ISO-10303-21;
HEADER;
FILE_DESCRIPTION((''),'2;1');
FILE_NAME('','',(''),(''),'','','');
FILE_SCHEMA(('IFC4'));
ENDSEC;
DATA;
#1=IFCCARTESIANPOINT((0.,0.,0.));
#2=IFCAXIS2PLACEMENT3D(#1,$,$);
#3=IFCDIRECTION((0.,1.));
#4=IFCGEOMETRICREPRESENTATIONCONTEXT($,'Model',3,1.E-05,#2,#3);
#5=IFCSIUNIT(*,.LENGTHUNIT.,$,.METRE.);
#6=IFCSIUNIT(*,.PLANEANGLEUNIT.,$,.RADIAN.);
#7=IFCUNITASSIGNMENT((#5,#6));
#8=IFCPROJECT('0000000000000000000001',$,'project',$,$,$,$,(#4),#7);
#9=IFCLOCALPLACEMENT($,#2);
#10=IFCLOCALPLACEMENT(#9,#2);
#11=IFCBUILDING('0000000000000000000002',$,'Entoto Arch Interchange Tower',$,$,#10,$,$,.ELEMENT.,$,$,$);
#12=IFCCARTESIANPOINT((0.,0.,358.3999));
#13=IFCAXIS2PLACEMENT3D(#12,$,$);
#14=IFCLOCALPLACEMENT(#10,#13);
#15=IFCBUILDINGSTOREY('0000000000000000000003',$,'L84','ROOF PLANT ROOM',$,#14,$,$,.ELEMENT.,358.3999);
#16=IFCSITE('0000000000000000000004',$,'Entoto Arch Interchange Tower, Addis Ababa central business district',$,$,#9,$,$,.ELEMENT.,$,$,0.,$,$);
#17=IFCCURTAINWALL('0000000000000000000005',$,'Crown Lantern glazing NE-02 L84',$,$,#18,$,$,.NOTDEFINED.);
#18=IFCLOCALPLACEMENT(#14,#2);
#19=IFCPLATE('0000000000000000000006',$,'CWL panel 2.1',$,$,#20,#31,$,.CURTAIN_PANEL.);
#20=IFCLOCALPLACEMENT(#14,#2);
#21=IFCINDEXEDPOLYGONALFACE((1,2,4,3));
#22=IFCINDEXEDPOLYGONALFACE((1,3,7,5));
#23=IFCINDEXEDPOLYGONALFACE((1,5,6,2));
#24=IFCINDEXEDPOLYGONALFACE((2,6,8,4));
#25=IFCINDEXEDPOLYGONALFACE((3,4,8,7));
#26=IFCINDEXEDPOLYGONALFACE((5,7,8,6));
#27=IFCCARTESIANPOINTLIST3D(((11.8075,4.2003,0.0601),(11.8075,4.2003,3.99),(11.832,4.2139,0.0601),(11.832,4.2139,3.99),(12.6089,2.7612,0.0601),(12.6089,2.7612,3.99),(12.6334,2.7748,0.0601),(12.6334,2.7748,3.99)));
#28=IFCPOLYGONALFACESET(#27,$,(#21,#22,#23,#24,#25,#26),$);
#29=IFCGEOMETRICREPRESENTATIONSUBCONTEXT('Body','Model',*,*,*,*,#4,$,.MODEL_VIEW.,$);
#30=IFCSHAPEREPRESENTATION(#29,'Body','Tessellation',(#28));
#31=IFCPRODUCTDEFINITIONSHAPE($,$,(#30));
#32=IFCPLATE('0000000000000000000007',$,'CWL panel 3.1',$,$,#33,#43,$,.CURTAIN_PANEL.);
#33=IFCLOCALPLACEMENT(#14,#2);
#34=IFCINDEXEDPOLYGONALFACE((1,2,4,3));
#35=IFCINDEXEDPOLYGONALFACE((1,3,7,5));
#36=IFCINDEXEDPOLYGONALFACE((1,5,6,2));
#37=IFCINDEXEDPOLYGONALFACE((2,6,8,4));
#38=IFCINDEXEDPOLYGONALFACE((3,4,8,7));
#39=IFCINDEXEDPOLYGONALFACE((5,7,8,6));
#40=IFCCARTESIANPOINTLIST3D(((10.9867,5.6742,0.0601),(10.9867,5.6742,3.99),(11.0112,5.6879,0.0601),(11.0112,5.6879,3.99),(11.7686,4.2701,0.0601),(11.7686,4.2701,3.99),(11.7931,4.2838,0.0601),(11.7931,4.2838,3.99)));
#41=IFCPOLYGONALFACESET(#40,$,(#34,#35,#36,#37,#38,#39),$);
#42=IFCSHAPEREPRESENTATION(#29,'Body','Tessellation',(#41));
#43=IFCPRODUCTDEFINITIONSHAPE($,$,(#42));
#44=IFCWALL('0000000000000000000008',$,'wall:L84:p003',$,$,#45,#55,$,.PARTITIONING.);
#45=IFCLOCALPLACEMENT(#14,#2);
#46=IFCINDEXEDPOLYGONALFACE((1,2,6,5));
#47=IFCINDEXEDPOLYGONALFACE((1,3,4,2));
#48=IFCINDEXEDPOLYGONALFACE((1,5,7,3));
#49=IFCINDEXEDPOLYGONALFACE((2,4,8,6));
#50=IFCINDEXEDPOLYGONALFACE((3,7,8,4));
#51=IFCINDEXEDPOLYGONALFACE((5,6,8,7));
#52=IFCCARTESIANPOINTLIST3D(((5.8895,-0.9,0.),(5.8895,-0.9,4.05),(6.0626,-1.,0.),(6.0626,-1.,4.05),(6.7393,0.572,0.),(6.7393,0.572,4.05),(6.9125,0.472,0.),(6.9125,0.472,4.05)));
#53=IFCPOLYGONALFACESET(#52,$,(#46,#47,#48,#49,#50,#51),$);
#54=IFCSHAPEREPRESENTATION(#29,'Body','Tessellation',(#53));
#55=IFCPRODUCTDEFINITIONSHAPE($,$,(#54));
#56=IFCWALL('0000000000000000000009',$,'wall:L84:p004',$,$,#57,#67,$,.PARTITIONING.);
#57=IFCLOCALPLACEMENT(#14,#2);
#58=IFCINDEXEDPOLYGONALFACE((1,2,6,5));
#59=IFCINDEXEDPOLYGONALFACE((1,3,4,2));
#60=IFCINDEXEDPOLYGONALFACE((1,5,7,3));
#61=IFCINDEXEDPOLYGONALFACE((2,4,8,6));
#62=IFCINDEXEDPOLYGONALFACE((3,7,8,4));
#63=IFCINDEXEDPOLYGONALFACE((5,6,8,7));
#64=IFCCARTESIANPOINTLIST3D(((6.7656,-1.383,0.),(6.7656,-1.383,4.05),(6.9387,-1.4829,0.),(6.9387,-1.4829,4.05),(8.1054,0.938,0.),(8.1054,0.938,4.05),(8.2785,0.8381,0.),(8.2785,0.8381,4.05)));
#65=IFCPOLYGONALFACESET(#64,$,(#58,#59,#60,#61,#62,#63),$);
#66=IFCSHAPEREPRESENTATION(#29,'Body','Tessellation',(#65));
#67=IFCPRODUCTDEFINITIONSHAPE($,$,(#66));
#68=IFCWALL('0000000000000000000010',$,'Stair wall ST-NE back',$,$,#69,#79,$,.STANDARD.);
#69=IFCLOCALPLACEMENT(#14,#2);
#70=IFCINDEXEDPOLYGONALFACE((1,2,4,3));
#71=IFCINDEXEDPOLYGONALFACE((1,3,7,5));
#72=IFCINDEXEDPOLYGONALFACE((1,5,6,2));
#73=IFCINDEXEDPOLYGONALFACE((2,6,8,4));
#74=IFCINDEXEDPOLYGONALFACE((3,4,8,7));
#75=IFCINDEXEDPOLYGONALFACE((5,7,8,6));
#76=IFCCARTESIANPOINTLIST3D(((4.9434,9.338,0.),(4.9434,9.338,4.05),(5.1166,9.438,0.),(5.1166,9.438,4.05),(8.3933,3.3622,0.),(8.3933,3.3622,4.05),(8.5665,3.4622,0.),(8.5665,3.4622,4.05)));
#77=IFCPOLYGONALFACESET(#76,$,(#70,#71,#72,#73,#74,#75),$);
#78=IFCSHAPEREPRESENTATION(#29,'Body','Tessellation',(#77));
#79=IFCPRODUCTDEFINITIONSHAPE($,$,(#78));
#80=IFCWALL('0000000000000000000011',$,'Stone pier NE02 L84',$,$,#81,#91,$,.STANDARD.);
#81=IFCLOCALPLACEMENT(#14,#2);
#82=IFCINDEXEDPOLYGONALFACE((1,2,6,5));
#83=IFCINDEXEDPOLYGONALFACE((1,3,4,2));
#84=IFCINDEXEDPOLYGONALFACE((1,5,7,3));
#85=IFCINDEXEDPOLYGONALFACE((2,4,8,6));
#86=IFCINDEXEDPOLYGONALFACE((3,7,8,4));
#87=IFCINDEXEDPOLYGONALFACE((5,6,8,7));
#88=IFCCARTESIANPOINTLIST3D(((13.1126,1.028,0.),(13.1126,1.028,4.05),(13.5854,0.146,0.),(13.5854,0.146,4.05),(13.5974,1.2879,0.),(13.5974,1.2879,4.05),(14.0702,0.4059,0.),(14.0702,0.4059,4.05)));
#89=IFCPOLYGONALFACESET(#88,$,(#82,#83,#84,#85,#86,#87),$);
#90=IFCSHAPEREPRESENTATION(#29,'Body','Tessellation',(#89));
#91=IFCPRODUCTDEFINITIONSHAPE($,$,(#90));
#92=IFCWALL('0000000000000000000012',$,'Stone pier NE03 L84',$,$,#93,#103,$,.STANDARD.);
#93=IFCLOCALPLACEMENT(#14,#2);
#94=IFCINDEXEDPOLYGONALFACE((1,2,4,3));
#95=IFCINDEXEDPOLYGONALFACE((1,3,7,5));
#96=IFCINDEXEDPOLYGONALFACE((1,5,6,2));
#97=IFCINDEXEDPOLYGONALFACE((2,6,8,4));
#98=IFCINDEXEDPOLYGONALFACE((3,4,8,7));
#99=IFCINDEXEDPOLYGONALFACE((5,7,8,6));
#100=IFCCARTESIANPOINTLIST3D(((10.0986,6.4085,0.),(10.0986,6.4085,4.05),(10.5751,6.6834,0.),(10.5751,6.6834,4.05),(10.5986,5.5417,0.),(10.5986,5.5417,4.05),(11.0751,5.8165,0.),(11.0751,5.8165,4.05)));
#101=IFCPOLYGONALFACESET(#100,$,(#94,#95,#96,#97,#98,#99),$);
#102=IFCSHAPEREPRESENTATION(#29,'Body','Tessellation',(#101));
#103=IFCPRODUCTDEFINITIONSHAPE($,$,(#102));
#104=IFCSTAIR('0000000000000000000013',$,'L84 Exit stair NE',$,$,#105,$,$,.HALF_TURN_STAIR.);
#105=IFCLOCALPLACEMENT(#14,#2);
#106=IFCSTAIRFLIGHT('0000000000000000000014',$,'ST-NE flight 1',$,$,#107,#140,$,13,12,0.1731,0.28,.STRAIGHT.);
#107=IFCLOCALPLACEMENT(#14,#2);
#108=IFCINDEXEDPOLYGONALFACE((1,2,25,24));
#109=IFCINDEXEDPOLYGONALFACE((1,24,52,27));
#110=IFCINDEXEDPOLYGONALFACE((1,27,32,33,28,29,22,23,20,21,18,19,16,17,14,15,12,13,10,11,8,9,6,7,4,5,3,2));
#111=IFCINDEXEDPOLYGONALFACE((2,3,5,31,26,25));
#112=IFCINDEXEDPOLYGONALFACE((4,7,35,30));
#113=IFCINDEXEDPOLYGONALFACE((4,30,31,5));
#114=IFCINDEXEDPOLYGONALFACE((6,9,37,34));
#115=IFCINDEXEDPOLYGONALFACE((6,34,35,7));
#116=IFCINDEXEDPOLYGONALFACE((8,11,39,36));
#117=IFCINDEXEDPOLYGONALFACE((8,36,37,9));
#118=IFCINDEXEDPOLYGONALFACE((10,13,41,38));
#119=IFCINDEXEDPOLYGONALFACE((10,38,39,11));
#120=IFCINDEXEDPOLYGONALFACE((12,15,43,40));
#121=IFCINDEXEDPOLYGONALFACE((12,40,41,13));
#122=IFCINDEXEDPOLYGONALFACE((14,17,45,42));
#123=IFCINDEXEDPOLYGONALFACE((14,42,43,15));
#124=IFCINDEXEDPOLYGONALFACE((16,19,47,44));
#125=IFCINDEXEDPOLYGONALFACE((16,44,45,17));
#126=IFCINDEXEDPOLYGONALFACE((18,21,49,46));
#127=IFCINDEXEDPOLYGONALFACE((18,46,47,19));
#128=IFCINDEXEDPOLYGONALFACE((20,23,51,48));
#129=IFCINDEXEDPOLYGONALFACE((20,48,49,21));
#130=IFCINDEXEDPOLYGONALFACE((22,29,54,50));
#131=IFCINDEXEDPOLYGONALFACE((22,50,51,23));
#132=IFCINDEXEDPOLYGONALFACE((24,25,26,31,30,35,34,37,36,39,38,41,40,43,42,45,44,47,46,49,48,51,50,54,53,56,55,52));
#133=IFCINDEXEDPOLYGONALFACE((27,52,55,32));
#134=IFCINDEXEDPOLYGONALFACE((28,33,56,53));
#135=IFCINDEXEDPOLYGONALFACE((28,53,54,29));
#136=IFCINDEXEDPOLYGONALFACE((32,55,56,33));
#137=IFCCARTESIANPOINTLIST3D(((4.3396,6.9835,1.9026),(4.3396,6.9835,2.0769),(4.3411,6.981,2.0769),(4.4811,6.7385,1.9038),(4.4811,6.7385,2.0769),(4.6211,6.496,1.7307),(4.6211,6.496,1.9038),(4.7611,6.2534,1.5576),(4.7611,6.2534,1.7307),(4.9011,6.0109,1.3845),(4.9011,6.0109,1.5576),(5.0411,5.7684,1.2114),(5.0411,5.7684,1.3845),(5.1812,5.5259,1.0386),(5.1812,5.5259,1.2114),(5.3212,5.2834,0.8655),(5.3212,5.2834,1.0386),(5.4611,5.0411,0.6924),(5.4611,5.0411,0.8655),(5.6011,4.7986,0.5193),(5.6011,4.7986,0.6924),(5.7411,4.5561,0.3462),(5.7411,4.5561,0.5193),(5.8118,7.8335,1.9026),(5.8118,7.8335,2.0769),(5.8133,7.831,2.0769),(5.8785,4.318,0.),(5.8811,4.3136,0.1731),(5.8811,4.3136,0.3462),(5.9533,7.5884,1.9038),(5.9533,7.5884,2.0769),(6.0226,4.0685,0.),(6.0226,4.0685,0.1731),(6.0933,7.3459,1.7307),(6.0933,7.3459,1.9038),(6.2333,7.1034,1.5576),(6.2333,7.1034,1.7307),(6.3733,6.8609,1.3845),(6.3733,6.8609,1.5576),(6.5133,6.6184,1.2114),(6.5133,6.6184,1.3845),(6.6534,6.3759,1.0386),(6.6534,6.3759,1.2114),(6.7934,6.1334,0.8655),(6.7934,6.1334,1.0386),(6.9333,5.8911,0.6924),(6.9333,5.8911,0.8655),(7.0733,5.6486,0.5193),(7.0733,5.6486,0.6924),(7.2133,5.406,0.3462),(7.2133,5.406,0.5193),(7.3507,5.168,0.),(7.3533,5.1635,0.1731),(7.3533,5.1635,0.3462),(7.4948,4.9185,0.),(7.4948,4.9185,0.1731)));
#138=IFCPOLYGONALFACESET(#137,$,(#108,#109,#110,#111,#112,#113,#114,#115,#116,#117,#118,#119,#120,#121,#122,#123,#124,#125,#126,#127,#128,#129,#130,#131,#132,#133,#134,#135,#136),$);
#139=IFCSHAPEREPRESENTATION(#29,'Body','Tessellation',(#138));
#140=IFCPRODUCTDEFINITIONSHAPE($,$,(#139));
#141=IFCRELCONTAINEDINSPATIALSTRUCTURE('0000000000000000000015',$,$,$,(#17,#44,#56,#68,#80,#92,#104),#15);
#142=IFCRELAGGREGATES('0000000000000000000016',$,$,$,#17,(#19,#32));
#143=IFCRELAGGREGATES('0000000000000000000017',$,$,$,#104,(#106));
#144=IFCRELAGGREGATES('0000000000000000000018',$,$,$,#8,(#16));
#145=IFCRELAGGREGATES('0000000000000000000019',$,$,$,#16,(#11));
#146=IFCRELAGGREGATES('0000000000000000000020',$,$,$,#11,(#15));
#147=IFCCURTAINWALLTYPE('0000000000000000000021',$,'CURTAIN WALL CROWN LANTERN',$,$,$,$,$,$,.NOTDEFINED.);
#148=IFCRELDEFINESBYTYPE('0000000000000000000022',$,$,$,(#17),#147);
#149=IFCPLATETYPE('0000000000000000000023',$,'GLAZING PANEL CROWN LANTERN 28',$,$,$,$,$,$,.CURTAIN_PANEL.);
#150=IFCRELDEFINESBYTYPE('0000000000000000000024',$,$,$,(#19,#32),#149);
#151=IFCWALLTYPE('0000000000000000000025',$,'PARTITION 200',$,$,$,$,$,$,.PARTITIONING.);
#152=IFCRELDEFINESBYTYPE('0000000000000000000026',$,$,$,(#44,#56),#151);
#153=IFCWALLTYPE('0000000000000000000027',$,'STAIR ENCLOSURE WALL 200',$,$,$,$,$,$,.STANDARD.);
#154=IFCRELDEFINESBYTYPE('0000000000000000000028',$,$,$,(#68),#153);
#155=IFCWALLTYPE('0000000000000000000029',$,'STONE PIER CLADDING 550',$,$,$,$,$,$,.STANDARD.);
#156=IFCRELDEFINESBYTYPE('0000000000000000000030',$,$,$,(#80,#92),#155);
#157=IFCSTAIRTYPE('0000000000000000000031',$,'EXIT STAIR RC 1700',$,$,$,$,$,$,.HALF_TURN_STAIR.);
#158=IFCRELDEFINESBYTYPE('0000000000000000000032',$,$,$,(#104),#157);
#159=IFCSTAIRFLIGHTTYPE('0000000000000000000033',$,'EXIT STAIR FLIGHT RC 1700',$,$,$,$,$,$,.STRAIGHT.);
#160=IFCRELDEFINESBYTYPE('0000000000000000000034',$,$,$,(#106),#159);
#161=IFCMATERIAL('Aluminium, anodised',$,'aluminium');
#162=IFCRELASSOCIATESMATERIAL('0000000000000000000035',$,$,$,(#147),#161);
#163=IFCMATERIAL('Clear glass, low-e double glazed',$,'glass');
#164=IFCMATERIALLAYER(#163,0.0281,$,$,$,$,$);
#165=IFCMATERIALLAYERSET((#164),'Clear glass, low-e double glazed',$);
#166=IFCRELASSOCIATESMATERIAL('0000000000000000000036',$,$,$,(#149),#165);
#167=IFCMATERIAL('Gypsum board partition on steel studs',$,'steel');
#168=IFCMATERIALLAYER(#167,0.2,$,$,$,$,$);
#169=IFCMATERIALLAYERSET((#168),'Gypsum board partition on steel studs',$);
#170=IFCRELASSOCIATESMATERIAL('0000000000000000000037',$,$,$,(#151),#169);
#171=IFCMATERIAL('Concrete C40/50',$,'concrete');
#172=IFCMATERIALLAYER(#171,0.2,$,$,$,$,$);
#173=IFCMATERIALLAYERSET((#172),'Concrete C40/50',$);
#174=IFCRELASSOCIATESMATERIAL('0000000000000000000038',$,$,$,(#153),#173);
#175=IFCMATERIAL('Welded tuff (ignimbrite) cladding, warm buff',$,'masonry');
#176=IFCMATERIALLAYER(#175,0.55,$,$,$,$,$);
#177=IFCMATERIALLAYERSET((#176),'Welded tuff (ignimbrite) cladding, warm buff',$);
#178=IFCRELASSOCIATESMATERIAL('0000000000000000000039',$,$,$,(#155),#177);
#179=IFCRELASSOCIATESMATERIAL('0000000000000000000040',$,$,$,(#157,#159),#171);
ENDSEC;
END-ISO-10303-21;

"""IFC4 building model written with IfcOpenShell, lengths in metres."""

from ifc_helpers import new_model, si_unit, direction, frame, frame_2d, origin, origin_2d, place, context, subcontext, project, spatial, polyline, rectangle, outline, extrude, material, layer, layer_set, type_object, element, aggregate, save


model = new_model("IFC4")

# Units and contexts
model_context = context("Model", 3, precision=1e-05, world=origin(), true_north=direction((0.0, 1.0)))
body_context = subcontext(model_context, "Body", "Model", "MODEL_VIEW")
ifc_project = project(units=[si_unit("LENGTHUNIT", "METRE"), si_unit("PLANEANGLEUNIT", "RADIAN")], contexts=[model_context])

# Site, building, storey
site_placement = place(None, origin())
site = spatial("IfcSite", under=ifc_project, at=site_placement, Name="Entoto Arch Interchange Tower, Addis Ababa central business district", CompositionType="ELEMENT", RefElevation=0.0)
building_placement = place(site_placement, origin())
building = spatial("IfcBuilding", under=site, at=building_placement, Name="Entoto Arch Interchange Tower", CompositionType="ELEMENT")
storey_placement = place(building_placement, frame((0.0, 0.0, 358.3999)))
storey = spatial("IfcBuildingStorey", under=building, at=storey_placement, Name="L84", Description="ROOF PLANT ROOM", CompositionType="ELEMENT", Elevation=358.3999)

# Shared definitions
ifc_material_1 = material(Name="Concrete C40/50", Category="concrete")

# Shared definitions
ifc_material_2 = material(Name="Aluminium, anodised", Category="aluminium")
curtain_wall_type = type_object("IfcCurtainWallType", Name="CURTAIN WALL CROWN LANTERN", PredefinedType="NOTDEFINED", material=ifc_material_2)

# Curtain wall, plates
curtain_wall_1_placement = place(storey_placement, origin())
curtain_wall_1 = element("IfcCurtainWall", 1, at=curtain_wall_1_placement, inside=storey, type_object=curtain_wall_type, Name="Crown Lantern glazing NE-02 L84", PredefinedType="NOTDEFINED")
ifc_material_3 = material(Name="Clear glass, low-e double glazed", Category="glass")
ifc_layer_1 = layer(ifc_material_3, 0.0281)
ifc_layer_set_1 = layer_set([ifc_layer_1], Name="Clear glass, low-e double glazed")
plate_type = type_object("IfcPlateType", Name="GLAZING PANEL CROWN LANTERN 28", PredefinedType="CURTAIN_PANEL", material=ifc_layer_set_1)
plate_1_placement = place(storey_placement, frame((12.2205, 3.4875, 0.0601), z_axis=(0.0, 0.0, 1.0), x_axis=(-0.486528, 0.873665, 0.0)))
plate_1 = element("IfcPlate", 2, at=plate_1_placement, type_object=plate_type, Name="CWL panel 2.1", PredefinedType="CURTAIN_PANEL", context=body_context, shape_type="SweptSolid", body=[
    extrude(rectangle(XDim=1.6472, YDim=0.0281, at=origin_2d()), origin(), (0.0, 0.0, 1.0), 3.9299),
])
plate_2_placement = place(storey_placement, frame((11.3899, 4.979, 0.0601), z_axis=(0.0, 0.0, 1.0), x_axis=(-0.486528, 0.873665, 0.0)))
plate_2 = element("IfcPlate", 3, at=plate_2_placement, type_object=plate_type, Name="CWL panel 3.1", PredefinedType="CURTAIN_PANEL", context=body_context, shape_type="SweptSolid", body=[
    extrude(rectangle(XDim=1.6072, YDim=0.0281, at=origin_2d()), origin(), (0.0, 0.0, 1.0), 3.9299),
])
aggregate(curtain_wall_1, [plate_1, plate_2])

# Walls
ifc_material_4 = material(Name="Gypsum board partition on steel studs", Category="steel")
ifc_layer_2 = layer(ifc_material_4, 0.2)
ifc_layer_set_2 = layer_set([ifc_layer_2], Name="Gypsum board partition on steel studs")
wall_type_1 = type_object("IfcWallType", Name="PARTITION 200", PredefinedType="PARTITIONING", material=ifc_layer_set_2)
wall_1_placement = place(storey_placement, frame((6.8259, 0.522, 0.0), z_axis=(0.0, 0.0, 1.0), x_axis=(-0.500017, -0.866016, 0.0)))
element("IfcWall", 4, at=wall_1_placement, inside=storey, type_object=wall_type_1, Name="wall:L84:p003", PredefinedType="PARTITIONING", context=body_context, shape_type="SweptSolid", body=[
    extrude(rectangle(XDim=1.6997, YDim=0.2, at=frame_2d((0.8499, 0.0))), origin(), (0.0, 0.0, 1.0), 4.05),
])
wall_2_placement = place(storey_placement, frame((8.1919, 0.8879, 0.0), z_axis=(0.0, 0.0, 1.0), x_axis=(-0.499941, -0.86606, 0.0)))
element("IfcWall", 5, at=wall_2_placement, inside=storey, type_object=wall_type_1, Name="wall:L84:p004", PredefinedType="PARTITIONING", context=body_context, shape_type="SweptSolid", body=[
    extrude(rectangle(XDim=2.6799, YDim=0.2, at=frame_2d((1.3398, 0.0))), origin(), (0.0, 0.0, 1.0), 4.05),
])
ifc_layer_3 = layer(ifc_material_1, 0.2)
ifc_layer_set_3 = layer_set([ifc_layer_3], Name="Concrete C40/50")
wall_type_2 = type_object("IfcWallType", Name="STAIR ENCLOSURE WALL 200", PredefinedType="STANDARD", material=ifc_layer_set_3)
wall_3_placement = place(storey_placement, frame((8.48, 3.4121, 0.0), z_axis=(0.0, 0.0, 1.0), x_axis=(-0.499979, 0.866038, 0.0)))
element("IfcWall", 6, at=wall_3_placement, inside=storey, type_object=wall_type_2, Name="Stair wall ST-NE back", PredefinedType="STANDARD", context=body_context, shape_type="SweptSolid", body=[
    extrude(rectangle(XDim=6.9001, YDim=0.2, at=frame_2d((3.4502, 0.0))), origin(), (0.0, 0.0, 1.0), 4.05),
])
ifc_material_5 = material(Name="Welded tuff (ignimbrite) cladding, warm buff", Category="masonry")
ifc_layer_4 = layer(ifc_material_5, 0.55)
ifc_layer_set_4 = layer_set([ifc_layer_4], Name="Welded tuff (ignimbrite) cladding, warm buff")
wall_type_3 = type_object("IfcWallType", Name="STONE PIER CLADDING 550", PredefinedType="STANDARD", material=ifc_layer_set_4)
for number, where, z_axis, x_axis, name in (
    (7, (13.8279, 0.2759, 0.0), (0.0, 0.0, 1.0), (-0.472499, 0.881331, 0.0), "Stone pier NE02 L84"),
    (8, (10.8369, 5.679, 0.0), (0.0, 0.0, 1.0), (-0.499603, 0.866255, 0.0), "Stone pier NE03 L84"),
):
    element("IfcWall", number, at=place(storey_placement, frame(where, z_axis=z_axis, x_axis=x_axis)), inside=storey, type_object=wall_type_3, Name=name, PredefinedType="STANDARD", context=body_context, shape_type="SweptSolid", body=[
        extrude(rectangle(XDim=1.0007, YDim=0.55, at=frame_2d((0.5005, 0.0))), origin(), (0.0, 0.0, 1.0), 4.05),
    ])

# Stair, stair flight
stair_type = type_object("IfcStairType", Name="EXIT STAIR RC 1700", PredefinedType="HALF_TURN_STAIR", material=ifc_material_1)
stair_placement = place(storey_placement, origin())
stair = element("IfcStair", 9, at=stair_placement, inside=storey, type_object=stair_type, Name="L84 Exit stair NE", PredefinedType="HALF_TURN_STAIR")
stair_flight_type = type_object("IfcStairFlightType", Name="EXIT STAIR FLIGHT RC 1700", PredefinedType="STRAIGHT", material=ifc_material_1)
stair_flight_placement = place(storey_placement, frame((6.7573, 4.4961, 0.0), z_axis=(0.0, 0.0, 1.0), x_axis=(-0.5, 0.866025, 0.0)))
stair_flight = element("IfcStairFlight", 10, at=stair_flight_placement, type_object=stair_flight_type, Name="ST-NE flight 1", NumberOfRisers=13, NumberOfTreads=12, PredefinedType="STRAIGHT", RiserHeight=0.1731, TreadLength=0.28, context=body_context, shape_type="SweptSolid", body=[
    extrude(outline(polyline([(-0.0029, 0.0), (-0.0029, 0.1731), (0.28, 0.1731), (0.28, 0.3462), (0.5601, 0.3462), (0.5601, 0.5193), (0.8401, 0.5193), (0.8401, 0.6924), (1.1201, 0.6924), (1.1201, 0.8655), (1.3999, 0.8655), (1.3999, 1.0386), (1.6799, 1.0386), (1.6799, 1.2114), (1.96, 1.2114), (1.96, 1.3845), (2.24, 1.3845), (2.24, 1.5576), (2.52, 1.5576), (2.52, 1.7307), (2.8, 1.7307), (2.8, 1.9038), (3.0801, 1.9038), (3.0801, 2.0769), (3.3601, 2.0769), (3.363, 2.0769), (3.363, 1.9026), (0.2852, 0.0), (-0.0029, 0.0)])), frame((0.0, 0.8501, 0.0), z_axis=(0.0, -1.0, 0.0), x_axis=(1.0, 0.0, 0.0)), (0.0, 0.0, 1.0), 1.7),
])
aggregate(stair, [stair_flight])

save(model, "model.ifc")
